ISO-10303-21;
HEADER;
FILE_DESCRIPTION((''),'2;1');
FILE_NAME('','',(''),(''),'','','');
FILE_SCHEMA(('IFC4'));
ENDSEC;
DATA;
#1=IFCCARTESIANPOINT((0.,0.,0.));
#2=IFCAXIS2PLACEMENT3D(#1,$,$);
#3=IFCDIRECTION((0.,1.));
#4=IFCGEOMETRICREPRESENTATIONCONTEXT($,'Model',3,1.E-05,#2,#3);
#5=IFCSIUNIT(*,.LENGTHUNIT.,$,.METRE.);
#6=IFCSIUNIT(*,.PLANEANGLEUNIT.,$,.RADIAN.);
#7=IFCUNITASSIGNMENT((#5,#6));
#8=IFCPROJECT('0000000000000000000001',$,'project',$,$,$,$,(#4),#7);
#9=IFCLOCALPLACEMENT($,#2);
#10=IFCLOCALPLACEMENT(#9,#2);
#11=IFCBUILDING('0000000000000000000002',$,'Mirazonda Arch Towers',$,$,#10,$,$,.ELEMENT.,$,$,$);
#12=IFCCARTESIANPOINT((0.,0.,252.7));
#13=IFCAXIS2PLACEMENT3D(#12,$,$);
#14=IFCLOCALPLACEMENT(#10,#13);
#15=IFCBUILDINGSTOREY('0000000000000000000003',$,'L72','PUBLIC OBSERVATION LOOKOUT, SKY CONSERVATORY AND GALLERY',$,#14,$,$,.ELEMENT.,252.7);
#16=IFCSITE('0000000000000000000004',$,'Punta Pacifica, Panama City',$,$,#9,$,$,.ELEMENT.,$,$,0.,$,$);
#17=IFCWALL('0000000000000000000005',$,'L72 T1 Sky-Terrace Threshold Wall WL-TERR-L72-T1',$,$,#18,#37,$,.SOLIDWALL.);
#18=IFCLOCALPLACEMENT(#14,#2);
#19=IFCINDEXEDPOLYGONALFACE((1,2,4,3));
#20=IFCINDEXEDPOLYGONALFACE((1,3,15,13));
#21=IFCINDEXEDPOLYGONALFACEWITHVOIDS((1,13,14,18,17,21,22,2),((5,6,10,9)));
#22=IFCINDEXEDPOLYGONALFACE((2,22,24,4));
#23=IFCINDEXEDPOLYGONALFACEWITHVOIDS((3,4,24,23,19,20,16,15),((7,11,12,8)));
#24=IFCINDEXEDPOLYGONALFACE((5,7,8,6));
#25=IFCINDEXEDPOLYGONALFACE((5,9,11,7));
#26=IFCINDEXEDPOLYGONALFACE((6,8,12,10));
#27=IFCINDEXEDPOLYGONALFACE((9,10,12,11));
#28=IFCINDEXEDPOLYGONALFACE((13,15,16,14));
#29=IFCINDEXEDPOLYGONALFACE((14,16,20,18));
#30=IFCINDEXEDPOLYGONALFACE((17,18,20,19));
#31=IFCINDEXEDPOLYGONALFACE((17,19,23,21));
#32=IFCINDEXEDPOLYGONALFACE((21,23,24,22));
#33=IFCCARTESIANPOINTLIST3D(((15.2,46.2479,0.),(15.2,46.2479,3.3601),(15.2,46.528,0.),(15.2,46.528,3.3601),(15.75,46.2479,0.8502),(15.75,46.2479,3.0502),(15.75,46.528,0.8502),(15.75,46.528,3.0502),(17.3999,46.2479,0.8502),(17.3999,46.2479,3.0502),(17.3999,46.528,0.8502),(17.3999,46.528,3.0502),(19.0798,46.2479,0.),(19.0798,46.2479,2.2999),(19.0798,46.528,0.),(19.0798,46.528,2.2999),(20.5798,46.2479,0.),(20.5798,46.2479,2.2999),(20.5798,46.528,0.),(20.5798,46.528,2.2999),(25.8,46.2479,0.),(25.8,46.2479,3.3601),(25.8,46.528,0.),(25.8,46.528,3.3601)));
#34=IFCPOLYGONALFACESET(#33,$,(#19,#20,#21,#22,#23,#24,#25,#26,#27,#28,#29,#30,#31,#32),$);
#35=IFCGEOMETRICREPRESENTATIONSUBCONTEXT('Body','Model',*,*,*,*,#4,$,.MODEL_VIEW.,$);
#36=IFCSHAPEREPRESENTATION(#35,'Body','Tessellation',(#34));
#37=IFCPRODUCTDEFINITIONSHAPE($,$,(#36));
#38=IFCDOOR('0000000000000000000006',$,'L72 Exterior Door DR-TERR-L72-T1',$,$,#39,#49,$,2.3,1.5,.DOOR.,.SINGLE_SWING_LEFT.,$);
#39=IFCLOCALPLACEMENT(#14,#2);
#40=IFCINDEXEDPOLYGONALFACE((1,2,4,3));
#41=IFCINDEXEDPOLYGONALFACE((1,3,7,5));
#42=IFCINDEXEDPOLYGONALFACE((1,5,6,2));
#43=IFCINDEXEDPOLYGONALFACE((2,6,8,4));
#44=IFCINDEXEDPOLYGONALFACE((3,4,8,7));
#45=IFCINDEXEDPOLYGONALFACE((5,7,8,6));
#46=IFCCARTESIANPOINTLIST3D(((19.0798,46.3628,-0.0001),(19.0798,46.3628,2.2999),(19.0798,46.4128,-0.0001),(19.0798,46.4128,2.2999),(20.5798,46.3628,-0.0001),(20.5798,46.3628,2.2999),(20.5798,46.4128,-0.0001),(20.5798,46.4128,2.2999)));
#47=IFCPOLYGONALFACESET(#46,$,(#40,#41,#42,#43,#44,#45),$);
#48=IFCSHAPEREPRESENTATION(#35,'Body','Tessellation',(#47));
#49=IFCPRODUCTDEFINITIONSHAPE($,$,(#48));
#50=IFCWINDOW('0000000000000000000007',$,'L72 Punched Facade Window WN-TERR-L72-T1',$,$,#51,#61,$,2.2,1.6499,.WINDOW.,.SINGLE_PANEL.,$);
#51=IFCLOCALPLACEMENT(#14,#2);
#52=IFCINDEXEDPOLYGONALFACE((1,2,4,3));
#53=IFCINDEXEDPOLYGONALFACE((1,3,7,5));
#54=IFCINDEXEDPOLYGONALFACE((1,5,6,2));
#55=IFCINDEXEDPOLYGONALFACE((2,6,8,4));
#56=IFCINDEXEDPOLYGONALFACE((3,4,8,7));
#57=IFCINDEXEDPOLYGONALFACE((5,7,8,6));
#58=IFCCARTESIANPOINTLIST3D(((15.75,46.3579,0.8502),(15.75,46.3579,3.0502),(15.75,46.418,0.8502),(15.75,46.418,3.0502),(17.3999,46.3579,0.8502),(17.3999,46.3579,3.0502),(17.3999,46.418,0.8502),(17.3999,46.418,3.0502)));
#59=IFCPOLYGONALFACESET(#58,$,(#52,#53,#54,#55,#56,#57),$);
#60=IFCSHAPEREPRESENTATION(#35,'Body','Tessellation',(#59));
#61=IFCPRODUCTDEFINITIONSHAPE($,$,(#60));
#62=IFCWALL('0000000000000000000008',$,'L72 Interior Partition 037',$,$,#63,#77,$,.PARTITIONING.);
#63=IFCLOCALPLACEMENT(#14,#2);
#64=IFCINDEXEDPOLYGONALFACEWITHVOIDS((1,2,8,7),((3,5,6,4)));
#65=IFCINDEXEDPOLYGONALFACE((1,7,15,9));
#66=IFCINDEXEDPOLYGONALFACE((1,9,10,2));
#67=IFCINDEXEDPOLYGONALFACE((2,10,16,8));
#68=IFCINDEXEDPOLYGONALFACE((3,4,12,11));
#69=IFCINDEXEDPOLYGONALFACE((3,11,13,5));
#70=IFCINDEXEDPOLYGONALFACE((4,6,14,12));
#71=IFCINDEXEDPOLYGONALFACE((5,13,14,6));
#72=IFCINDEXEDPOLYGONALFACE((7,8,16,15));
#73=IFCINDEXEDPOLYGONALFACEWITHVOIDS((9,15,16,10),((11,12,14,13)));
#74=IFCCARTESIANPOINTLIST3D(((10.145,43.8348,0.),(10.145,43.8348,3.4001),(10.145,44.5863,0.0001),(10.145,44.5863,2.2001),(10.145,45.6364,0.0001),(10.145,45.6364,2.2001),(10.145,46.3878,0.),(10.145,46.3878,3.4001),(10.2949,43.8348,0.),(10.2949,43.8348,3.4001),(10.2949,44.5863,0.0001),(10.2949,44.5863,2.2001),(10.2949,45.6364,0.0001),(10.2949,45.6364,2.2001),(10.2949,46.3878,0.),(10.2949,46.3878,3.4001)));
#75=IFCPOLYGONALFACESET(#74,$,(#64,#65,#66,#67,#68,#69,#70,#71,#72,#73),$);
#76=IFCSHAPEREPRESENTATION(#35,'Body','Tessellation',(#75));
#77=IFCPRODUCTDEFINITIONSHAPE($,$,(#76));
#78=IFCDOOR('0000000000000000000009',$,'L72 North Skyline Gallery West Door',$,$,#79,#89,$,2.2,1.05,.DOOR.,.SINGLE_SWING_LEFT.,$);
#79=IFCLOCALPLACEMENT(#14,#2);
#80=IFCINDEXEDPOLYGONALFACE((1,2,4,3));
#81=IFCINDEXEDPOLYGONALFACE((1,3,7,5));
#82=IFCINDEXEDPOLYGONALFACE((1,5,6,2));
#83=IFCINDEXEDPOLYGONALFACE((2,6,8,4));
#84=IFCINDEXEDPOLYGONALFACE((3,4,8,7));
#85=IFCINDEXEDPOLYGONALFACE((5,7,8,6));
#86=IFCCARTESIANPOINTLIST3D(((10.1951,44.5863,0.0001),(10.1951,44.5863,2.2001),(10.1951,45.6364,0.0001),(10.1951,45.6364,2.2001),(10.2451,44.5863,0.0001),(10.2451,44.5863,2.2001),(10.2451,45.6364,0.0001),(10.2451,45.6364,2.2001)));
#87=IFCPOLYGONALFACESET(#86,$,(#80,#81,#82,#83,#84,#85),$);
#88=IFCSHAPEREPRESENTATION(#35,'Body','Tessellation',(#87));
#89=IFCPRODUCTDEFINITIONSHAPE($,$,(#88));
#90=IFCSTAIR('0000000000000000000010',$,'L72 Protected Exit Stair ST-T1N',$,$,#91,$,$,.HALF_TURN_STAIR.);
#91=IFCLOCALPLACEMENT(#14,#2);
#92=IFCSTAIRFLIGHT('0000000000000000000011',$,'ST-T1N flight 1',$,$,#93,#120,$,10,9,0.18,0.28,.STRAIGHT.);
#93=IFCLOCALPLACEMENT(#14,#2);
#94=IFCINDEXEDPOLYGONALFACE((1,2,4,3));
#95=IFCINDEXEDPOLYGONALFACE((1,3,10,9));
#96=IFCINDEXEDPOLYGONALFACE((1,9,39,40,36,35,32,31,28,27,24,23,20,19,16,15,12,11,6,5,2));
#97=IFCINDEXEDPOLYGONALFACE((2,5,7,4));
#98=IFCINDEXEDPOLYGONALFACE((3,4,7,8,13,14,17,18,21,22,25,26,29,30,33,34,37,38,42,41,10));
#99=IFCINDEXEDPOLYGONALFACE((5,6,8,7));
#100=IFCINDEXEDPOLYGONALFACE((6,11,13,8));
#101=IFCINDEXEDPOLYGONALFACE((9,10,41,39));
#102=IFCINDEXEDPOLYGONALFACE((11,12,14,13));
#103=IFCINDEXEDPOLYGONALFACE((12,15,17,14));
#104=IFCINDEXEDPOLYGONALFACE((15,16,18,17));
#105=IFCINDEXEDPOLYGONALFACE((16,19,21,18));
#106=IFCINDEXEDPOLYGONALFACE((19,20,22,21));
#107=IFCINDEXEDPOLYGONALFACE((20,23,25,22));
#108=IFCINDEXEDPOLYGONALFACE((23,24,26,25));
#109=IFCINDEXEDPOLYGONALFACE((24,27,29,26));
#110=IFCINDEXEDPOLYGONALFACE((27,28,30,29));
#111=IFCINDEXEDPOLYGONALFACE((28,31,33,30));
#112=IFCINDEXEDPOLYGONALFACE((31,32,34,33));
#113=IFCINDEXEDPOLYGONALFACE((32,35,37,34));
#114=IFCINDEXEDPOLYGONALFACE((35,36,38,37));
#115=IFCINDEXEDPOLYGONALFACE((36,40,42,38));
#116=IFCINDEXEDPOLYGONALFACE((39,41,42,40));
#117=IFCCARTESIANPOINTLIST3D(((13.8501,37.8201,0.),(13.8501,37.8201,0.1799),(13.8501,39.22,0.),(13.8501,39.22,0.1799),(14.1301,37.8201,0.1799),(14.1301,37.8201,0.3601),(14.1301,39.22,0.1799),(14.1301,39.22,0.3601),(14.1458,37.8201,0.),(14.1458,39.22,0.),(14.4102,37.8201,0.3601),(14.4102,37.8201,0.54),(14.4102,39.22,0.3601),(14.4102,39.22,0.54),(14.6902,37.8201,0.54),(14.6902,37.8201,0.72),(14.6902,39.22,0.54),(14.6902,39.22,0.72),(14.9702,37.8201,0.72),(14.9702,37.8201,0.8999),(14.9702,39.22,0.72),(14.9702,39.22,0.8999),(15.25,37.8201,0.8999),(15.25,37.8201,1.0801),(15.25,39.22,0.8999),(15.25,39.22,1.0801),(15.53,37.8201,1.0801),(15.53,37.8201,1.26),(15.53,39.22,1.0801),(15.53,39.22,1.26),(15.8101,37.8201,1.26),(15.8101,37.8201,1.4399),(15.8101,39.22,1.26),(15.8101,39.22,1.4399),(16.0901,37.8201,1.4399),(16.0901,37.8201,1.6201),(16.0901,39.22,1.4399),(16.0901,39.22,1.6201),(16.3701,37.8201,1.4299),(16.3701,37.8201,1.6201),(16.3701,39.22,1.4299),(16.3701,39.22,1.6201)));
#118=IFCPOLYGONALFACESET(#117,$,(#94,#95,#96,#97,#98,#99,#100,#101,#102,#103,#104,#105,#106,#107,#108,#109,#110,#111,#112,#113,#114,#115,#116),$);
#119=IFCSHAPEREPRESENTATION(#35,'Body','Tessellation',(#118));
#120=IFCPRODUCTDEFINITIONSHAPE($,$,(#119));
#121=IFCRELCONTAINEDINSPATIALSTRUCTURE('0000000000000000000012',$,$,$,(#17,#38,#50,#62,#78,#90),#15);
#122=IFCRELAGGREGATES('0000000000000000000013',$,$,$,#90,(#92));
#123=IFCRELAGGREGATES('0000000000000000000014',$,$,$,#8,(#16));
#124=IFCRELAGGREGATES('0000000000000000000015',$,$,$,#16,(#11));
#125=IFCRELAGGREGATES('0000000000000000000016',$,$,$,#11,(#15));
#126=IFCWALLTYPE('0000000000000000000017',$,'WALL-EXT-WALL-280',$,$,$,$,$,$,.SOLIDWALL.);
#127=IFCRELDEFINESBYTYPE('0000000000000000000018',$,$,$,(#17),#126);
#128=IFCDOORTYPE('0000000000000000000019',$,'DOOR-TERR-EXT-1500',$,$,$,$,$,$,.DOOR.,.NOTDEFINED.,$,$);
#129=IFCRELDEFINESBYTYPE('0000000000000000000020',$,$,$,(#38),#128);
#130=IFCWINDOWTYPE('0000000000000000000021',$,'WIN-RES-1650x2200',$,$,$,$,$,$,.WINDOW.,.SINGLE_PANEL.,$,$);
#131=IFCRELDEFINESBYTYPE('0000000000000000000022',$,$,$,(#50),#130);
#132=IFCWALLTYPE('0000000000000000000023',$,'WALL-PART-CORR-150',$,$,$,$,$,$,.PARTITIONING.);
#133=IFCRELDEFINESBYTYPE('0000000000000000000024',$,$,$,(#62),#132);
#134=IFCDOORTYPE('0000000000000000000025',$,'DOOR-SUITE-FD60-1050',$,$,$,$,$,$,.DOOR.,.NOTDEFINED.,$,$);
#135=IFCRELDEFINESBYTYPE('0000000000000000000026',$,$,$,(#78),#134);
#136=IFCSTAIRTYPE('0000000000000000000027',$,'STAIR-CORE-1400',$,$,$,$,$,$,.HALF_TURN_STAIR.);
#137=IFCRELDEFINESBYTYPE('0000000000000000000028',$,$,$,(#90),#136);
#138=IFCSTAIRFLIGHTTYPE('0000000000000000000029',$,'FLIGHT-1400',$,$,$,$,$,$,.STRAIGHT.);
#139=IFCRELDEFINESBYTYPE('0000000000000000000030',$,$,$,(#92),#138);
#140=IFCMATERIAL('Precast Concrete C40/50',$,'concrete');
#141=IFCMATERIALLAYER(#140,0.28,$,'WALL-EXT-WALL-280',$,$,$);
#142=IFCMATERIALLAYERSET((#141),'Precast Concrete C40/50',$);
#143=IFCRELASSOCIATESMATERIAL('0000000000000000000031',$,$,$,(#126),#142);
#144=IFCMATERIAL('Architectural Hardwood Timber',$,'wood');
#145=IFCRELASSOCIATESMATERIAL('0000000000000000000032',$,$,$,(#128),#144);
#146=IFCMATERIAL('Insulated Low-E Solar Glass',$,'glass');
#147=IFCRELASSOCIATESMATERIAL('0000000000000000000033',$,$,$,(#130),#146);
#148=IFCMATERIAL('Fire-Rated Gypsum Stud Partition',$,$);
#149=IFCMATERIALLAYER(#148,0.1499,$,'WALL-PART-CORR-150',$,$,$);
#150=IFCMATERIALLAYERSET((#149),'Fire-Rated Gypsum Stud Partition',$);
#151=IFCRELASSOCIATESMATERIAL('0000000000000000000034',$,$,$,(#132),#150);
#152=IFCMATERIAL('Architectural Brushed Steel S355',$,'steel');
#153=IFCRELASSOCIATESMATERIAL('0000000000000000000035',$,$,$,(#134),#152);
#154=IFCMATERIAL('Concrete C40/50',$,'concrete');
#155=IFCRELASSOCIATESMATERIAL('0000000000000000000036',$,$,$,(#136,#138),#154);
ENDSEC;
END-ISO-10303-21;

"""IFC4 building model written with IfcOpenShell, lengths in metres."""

from ifc_helpers import new_model, si_unit, direction, frame, frame_2d, origin, place, context, subcontext, project, spatial, polyline, rectangle, outline, extrude, material, layer, layer_set, type_object, element, fill, aggregate, save


model = new_model("IFC4")

# Units and contexts
model_context = context("Model", 3, precision=1e-05, world=origin(), true_north=direction((0.0, 1.0)))
body_context = subcontext(model_context, "Body", "Model", "MODEL_VIEW")
ifc_project = project(units=[si_unit("LENGTHUNIT", "METRE"), si_unit("PLANEANGLEUNIT", "RADIAN")], contexts=[model_context])

# Site, building, storey
site_placement = place(None, origin())
site = spatial("IfcSite", under=ifc_project, at=site_placement, Name="Punta Pacifica, Panama City", CompositionType="ELEMENT", RefElevation=0.0)
building_placement = place(site_placement, origin())
building = spatial("IfcBuilding", under=site, at=building_placement, Name="Mirazonda Arch Towers", CompositionType="ELEMENT")
storey_placement = place(building_placement, frame((0.0, 0.0, 252.7)))
storey = spatial("IfcBuildingStorey", under=building, at=storey_placement, Name="L72", Description="PUBLIC OBSERVATION LOOKOUT, SKY CONSERVATORY AND GALLERY", CompositionType="ELEMENT", Elevation=252.7)

# Shared definitions
ifc_material_1 = material(Name="Insulated Low-E Solar Glass", Category="glass")

# Wall, openings, door, window
ifc_material_2 = material(Name="Precast Concrete C40/50", Category="concrete")
ifc_layer_1 = layer(ifc_material_2, 0.28, Name="WALL-EXT-WALL-280")
ifc_layer_set_1 = layer_set([ifc_layer_1], Name="Precast Concrete C40/50")
wall_type_1 = type_object("IfcWallType", Name="WALL-EXT-WALL-280", PredefinedType="SOLIDWALL", material=ifc_layer_set_1)
wall_1_placement = place(storey_placement, frame((15.2, 46.3879, 0.0), z_axis=(0.0, 0.0, 1.0), x_axis=(1.0, 0.0, 0.0)))
wall_1 = element("IfcWall", 1, at=wall_1_placement, inside=storey, type_object=wall_type_1, Name="L72 T1 Sky-Terrace Threshold Wall WL-TERR-L72-T1", PredefinedType="SOLIDWALL", context=body_context, shape_type="SweptSolid", body=[
    extrude(rectangle(XDim=10.6001, YDim=0.28, at=frame_2d((5.3, 0.0))), origin(), (0.0, 0.0, 1.0), 3.3601),
])
opening_1_placement = place(wall_1_placement, frame((0.55, 0.0, 0.8501)))
opening_1 = element("IfcOpeningElement", 2, at=opening_1_placement, cuts=wall_1, PredefinedType="OPENING", context=body_context, shape_type="SweptSolid", body=[
    extrude(rectangle(XDim=1.6499, YDim=2.2, at=frame_2d((0.825, 1.1001))), frame((0.0, 0.1499, 0.0), z_axis=(0.0, -1.0, 0.0), x_axis=(1.0, 0.0, 0.0)), (0.0, 0.0, 1.0), 0.3),
])
opening_2_placement = place(wall_1_placement, frame((3.8799, 0.0, 0.0)))
opening_2 = element("IfcOpeningElement", 3, at=opening_2_placement, cuts=wall_1, PredefinedType="OPENING", context=body_context, shape_type="SweptSolid", body=[
    extrude(rectangle(XDim=1.5, YDim=2.3, at=frame_2d((0.75, 1.1499))), frame((0.0, 0.1499, 0.0), z_axis=(0.0, -1.0, 0.0), x_axis=(1.0, 0.0, 0.0)), (0.0, 0.0, 1.0), 0.3),
])
ifc_material_3 = material(Name="Architectural Hardwood Timber", Category="wood")
door_type_1 = type_object("IfcDoorType", Name="DOOR-TERR-EXT-1500", OperationType="NOTDEFINED", PredefinedType="DOOR", material=ifc_material_3)
door_1_placement = place(opening_2_placement, origin())
door_1 = element("IfcDoor", 4, at=door_1_placement, inside=storey, type_object=door_type_1, Name="L72 Exterior Door DR-TERR-L72-T1", OperationType="SINGLE_SWING_LEFT", OverallHeight=2.3, OverallWidth=1.5, PredefinedType="DOOR", context=body_context, shape_type="SweptSolid", body=[
    extrude(rectangle(XDim=1.5, YDim=2.3, at=frame_2d((0.75, 1.1499))), frame((0.0, 0.0249, 0.0), z_axis=(0.0, -1.0, 0.0), x_axis=(1.0, 0.0, 0.0)), (0.0, 0.0, 1.0), 0.05),
])
fill(opening_2, door_1)
window_type = type_object("IfcWindowType", Name="WIN-RES-1650x2200", PartitioningType="SINGLE_PANEL", PredefinedType="WINDOW", material=ifc_material_1)
window_placement = place(opening_1_placement, origin())
window = element("IfcWindow", 5, at=window_placement, inside=storey, type_object=window_type, Name="L72 Punched Facade Window WN-TERR-L72-T1", OverallHeight=2.2, OverallWidth=1.6499, PartitioningType="SINGLE_PANEL", PredefinedType="WINDOW", context=body_context, shape_type="SweptSolid", body=[
    extrude(rectangle(XDim=1.6499, YDim=2.2, at=frame_2d((0.825, 1.1001))), frame((0.0, 0.03, 0.0), z_axis=(0.0, -1.0, 0.0), x_axis=(1.0, 0.0, 0.0)), (0.0, 0.0, 1.0), 0.0601),
])
fill(opening_1, window)

# Wall, opening, door
ifc_material_4 = material(Name="Fire-Rated Gypsum Stud Partition")
ifc_layer_2 = layer(ifc_material_4, 0.1499, Name="WALL-PART-CORR-150")
ifc_layer_set_2 = layer_set([ifc_layer_2], Name="Fire-Rated Gypsum Stud Partition")
wall_type_2 = type_object("IfcWallType", Name="WALL-PART-CORR-150", PredefinedType="PARTITIONING", material=ifc_layer_set_2)
wall_2_placement = place(storey_placement, frame((10.22, 43.835, 0.0), z_axis=(0.0, 0.0, 1.0), x_axis=(0.0, 1.0, 0.0)))
wall_2 = element("IfcWall", 6, at=wall_2_placement, inside=storey, type_object=wall_type_2, Name="L72 Interior Partition 037", PredefinedType="PARTITIONING", context=body_context, shape_type="SweptSolid", body=[
    extrude(rectangle(XDim=2.553, YDim=0.1499, at=frame_2d((1.2764, 0.0))), origin(), (0.0, 0.0, 1.0), 3.4001),
])
opening_3_placement = place(wall_2_placement, frame((0.7515, 0.0, 0.0)))
opening_3 = element("IfcOpeningElement", 7, at=opening_3_placement, cuts=wall_2, PredefinedType="OPENING", context=body_context, shape_type="SweptSolid", body=[
    extrude(rectangle(XDim=1.05, YDim=2.2, at=frame_2d((0.5249, 1.1001))), frame((0.0, 0.085, 0.0), z_axis=(0.0, -1.0, 0.0), x_axis=(1.0, 0.0, 0.0)), (0.0, 0.0, 1.0), 0.1699),
])
ifc_material_5 = material(Name="Architectural Brushed Steel S355", Category="steel")
door_type_2 = type_object("IfcDoorType", Name="DOOR-SUITE-FD60-1050", OperationType="NOTDEFINED", PredefinedType="DOOR", material=ifc_material_5)
door_2_placement = place(opening_3_placement, origin())
door_2 = element("IfcDoor", 8, at=door_2_placement, inside=storey, type_object=door_type_2, Name="L72 North Skyline Gallery West Door", OperationType="SINGLE_SWING_LEFT", OverallHeight=2.2, OverallWidth=1.05, PredefinedType="DOOR", context=body_context, shape_type="SweptSolid", body=[
    extrude(rectangle(XDim=1.05, YDim=2.2, at=frame_2d((0.5249, 1.1001))), frame((0.0, 0.0249, 0.0), z_axis=(0.0, -1.0, 0.0), x_axis=(1.0, 0.0, 0.0)), (0.0, 0.0, 1.0), 0.05),
])
fill(opening_3, door_2)

# Stair, stair flight
ifc_material_6 = material(Name="Concrete C40/50", Category="concrete")
stair_type = type_object("IfcStairType", Name="STAIR-CORE-1400", PredefinedType="HALF_TURN_STAIR", material=ifc_material_6)
stair_placement = place(storey_placement, origin())
stair = element("IfcStair", 9, at=stair_placement, inside=storey, type_object=stair_type, Name="L72 Protected Exit Stair ST-T1N", PredefinedType="HALF_TURN_STAIR")
stair_flight_type = type_object("IfcStairFlightType", Name="FLIGHT-1400", PredefinedType="STRAIGHT", material=ifc_material_6)
stair_flight_placement = place(storey_placement, frame((13.8501, 38.52, 0.0), z_axis=(0.0, 0.0, 1.0), x_axis=(1.0, 0.0, 0.0)))
stair_flight = element("IfcStairFlight", 10, at=stair_flight_placement, type_object=stair_flight_type, Name="ST-T1N flight 1", NumberOfRisers=10, NumberOfTreads=9, PredefinedType="STRAIGHT", RiserHeight=0.18, TreadLength=0.28, context=body_context, shape_type="SweptSolid", body=[
    extrude(outline(polyline([(0.0, 0.0), (0.0, 0.1799), (0.28, 0.1799), (0.28, 0.3601), (0.5601, 0.3601), (0.5601, 0.54), (0.8401, 0.54), (0.8401, 0.72), (1.1201, 0.72), (1.1201, 0.8999), (1.3999, 0.8999), (1.3999, 1.0801), (1.6799, 1.0801), (1.6799, 1.26), (1.96, 1.26), (1.96, 1.4399), (2.24, 1.4399), (2.24, 1.6201), (2.52, 1.6201), (2.52, 1.8), (2.52, 1.4299), (0.2957, 0.0), (0.0, 0.0)])), frame((0.0, 0.7, 0.0), z_axis=(0.0, -1.0, 0.0), x_axis=(1.0, 0.0, 0.0)), (0.0, 0.0, 1.0), 1.3999),
])
aggregate(stair, [stair_flight])

save(model, "model.ifc")
